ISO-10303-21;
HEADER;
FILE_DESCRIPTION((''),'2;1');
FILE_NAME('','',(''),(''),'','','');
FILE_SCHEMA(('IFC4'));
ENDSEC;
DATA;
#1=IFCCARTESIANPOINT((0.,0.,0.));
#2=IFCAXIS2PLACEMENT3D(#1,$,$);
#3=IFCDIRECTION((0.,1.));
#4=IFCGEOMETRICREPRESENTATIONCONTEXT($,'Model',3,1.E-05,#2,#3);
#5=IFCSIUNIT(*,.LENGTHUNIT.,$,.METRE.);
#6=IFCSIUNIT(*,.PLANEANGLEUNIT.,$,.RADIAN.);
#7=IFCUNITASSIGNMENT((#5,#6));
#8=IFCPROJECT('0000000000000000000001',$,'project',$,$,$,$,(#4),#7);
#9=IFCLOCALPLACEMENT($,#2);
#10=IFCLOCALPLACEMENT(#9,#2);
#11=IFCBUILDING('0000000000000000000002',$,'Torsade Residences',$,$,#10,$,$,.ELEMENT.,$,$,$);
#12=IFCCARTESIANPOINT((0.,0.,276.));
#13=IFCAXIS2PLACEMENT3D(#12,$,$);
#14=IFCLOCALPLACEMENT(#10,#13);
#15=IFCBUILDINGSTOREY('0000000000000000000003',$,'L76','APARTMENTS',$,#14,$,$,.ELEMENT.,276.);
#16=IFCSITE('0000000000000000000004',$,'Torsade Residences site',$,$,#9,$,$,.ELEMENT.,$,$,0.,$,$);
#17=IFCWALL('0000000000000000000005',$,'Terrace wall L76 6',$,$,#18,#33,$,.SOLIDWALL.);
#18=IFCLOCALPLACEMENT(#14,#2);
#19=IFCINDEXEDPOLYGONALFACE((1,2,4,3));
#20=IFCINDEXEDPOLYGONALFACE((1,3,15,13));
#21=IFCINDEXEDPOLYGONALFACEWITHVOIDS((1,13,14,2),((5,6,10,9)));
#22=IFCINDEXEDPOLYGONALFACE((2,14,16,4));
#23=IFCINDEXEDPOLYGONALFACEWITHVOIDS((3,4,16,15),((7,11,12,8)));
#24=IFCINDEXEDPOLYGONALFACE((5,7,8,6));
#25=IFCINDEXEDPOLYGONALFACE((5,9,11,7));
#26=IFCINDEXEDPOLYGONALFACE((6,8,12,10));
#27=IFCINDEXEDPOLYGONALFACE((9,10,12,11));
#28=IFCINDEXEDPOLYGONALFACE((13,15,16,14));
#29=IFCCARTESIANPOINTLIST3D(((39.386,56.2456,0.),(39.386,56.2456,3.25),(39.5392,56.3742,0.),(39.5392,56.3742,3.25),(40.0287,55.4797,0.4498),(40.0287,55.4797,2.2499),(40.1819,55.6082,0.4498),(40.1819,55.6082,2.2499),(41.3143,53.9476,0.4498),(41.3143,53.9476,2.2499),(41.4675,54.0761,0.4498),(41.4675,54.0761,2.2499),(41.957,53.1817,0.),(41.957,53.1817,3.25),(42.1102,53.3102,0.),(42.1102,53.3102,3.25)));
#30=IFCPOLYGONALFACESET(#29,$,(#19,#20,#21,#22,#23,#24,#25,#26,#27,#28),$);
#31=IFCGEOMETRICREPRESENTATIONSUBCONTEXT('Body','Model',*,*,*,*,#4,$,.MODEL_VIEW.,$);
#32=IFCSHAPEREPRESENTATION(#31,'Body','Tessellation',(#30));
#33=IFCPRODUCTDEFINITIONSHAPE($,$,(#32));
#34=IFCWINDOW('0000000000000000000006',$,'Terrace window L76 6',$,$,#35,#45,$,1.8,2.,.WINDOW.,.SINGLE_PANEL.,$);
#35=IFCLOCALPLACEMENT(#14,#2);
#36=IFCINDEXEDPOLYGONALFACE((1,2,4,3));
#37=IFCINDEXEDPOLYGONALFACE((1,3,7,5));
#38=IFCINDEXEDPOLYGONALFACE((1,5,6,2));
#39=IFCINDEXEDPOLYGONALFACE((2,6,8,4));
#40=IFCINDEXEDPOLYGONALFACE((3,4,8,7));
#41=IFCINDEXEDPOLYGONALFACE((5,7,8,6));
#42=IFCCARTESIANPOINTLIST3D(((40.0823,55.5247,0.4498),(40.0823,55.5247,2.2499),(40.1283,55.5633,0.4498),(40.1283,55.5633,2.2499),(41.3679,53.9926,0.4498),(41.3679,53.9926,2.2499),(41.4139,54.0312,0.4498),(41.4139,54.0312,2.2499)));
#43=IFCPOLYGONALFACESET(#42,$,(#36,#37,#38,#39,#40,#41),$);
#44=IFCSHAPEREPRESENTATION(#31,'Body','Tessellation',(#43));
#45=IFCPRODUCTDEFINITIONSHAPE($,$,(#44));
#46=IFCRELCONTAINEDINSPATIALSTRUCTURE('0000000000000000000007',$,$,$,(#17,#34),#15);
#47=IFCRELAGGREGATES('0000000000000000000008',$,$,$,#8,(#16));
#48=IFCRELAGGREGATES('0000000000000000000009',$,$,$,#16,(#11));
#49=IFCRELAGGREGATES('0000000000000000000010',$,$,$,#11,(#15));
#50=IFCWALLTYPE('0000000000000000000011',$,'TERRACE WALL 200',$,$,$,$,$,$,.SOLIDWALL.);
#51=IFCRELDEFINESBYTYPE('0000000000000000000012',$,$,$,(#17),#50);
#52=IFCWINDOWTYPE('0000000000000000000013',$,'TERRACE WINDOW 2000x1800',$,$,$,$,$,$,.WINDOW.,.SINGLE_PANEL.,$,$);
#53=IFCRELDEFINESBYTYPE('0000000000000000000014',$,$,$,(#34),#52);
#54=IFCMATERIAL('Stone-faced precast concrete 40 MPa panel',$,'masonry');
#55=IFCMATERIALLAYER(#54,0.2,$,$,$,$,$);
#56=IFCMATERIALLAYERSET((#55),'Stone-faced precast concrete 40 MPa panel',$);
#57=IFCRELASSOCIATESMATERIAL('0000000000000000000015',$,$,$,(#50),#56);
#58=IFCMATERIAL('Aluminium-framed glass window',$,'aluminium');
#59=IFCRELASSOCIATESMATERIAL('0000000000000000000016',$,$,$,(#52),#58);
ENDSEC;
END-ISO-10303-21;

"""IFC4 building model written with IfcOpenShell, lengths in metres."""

from ifc_helpers import new_model, si_unit, direction, frame, frame_2d, origin, place, context, subcontext, project, spatial, rectangle, extrude, material, layer, layer_set, type_object, element, fill, save


model = new_model("IFC4")

# Units and contexts
model_context = context("Model", 3, precision=1e-05, world=origin(), true_north=direction((0.0, 1.0)))
body_context = subcontext(model_context, "Body", "Model", "MODEL_VIEW")
ifc_project = project(units=[si_unit("LENGTHUNIT", "METRE"), si_unit("PLANEANGLEUNIT", "RADIAN")], contexts=[model_context])

# Site, building, storey
site_placement = place(None, origin())
site = spatial("IfcSite", under=ifc_project, at=site_placement, Name="Torsade Residences site", CompositionType="ELEMENT", RefElevation=0.0)
building_placement = place(site_placement, origin())
building = spatial("IfcBuilding", under=site, at=building_placement, Name="Torsade Residences", CompositionType="ELEMENT")
storey_placement = place(building_placement, frame((0.0, 0.0, 276.0)))
storey = spatial("IfcBuildingStorey", under=building, at=storey_placement, Name="L76", Description="APARTMENTS", CompositionType="ELEMENT", Elevation=276.0)

# Shared definitions
ifc_material_1 = material(Name="Stone-faced precast concrete 40 MPa panel", Category="masonry")
ifc_layer_1 = layer(ifc_material_1, 0.2)
ifc_layer_set_1 = layer_set([ifc_layer_1], Name="Stone-faced precast concrete 40 MPa panel")
wall_type_1 = type_object("IfcWallType", Name="TERRACE WALL 200", PredefinedType="SOLIDWALL", material=ifc_layer_set_1)

# Wall, opening, window
wall_1_placement = place(storey_placement, frame((42.0337, 53.2458, 0.0), z_axis=(0.0, 0.0, 1.0), x_axis=(-0.642798, 0.766035, 0.0)))
wall_1 = element("IfcWall", 1, at=wall_1_placement, inside=storey, type_object=wall_type_1, Name="Terrace wall L76 6", PredefinedType="SOLIDWALL", context=body_context, shape_type="SweptSolid", body=[
    extrude(rectangle(XDim=3.9998, YDim=0.2, at=frame_2d((2.0, 0.0))), origin(), (0.0, 0.0, 1.0), 3.25),
])
opening_1_placement = place(wall_1_placement, frame((1.0, 0.0, 0.45)))
opening_1 = element("IfcOpeningElement", 2, at=opening_1_placement, cuts=wall_1, PredefinedType="OPENING", context=body_context, shape_type="SweptSolid", body=[
    extrude(rectangle(XDim=2.0, YDim=1.8, at=frame_2d((1.0, 0.8999))), frame((0.0, 0.1099, 0.0), z_axis=(0.0, -1.0, 0.0), x_axis=(1.0, 0.0, 0.0)), (0.0, 0.0, 1.0), 0.22),
])
ifc_material_2 = material(Name="Aluminium-framed glass window", Category="aluminium")
window_type = type_object("IfcWindowType", Name="TERRACE WINDOW 2000x1800", PartitioningType="SINGLE_PANEL", PredefinedType="WINDOW", material=ifc_material_2)
window_placement = place(opening_1_placement, origin())
window = element("IfcWindow", 3, at=window_placement, inside=storey, type_object=window_type, Name="Terrace window L76 6", OverallHeight=1.8, OverallWidth=2.0, PartitioningType="SINGLE_PANEL", PredefinedType="WINDOW", context=body_context, shape_type="SweptSolid", body=[
    extrude(rectangle(XDim=2.0, YDim=1.8, at=frame_2d((1.0, 0.8999))), frame((0.0, 0.03, 0.0), z_axis=(0.0, -1.0, 0.0), x_axis=(1.0, 0.0, 0.0)), (0.0, 0.0, 1.0), 0.0601),
])
fill(opening_1, window)

save(model, "model.ifc")
